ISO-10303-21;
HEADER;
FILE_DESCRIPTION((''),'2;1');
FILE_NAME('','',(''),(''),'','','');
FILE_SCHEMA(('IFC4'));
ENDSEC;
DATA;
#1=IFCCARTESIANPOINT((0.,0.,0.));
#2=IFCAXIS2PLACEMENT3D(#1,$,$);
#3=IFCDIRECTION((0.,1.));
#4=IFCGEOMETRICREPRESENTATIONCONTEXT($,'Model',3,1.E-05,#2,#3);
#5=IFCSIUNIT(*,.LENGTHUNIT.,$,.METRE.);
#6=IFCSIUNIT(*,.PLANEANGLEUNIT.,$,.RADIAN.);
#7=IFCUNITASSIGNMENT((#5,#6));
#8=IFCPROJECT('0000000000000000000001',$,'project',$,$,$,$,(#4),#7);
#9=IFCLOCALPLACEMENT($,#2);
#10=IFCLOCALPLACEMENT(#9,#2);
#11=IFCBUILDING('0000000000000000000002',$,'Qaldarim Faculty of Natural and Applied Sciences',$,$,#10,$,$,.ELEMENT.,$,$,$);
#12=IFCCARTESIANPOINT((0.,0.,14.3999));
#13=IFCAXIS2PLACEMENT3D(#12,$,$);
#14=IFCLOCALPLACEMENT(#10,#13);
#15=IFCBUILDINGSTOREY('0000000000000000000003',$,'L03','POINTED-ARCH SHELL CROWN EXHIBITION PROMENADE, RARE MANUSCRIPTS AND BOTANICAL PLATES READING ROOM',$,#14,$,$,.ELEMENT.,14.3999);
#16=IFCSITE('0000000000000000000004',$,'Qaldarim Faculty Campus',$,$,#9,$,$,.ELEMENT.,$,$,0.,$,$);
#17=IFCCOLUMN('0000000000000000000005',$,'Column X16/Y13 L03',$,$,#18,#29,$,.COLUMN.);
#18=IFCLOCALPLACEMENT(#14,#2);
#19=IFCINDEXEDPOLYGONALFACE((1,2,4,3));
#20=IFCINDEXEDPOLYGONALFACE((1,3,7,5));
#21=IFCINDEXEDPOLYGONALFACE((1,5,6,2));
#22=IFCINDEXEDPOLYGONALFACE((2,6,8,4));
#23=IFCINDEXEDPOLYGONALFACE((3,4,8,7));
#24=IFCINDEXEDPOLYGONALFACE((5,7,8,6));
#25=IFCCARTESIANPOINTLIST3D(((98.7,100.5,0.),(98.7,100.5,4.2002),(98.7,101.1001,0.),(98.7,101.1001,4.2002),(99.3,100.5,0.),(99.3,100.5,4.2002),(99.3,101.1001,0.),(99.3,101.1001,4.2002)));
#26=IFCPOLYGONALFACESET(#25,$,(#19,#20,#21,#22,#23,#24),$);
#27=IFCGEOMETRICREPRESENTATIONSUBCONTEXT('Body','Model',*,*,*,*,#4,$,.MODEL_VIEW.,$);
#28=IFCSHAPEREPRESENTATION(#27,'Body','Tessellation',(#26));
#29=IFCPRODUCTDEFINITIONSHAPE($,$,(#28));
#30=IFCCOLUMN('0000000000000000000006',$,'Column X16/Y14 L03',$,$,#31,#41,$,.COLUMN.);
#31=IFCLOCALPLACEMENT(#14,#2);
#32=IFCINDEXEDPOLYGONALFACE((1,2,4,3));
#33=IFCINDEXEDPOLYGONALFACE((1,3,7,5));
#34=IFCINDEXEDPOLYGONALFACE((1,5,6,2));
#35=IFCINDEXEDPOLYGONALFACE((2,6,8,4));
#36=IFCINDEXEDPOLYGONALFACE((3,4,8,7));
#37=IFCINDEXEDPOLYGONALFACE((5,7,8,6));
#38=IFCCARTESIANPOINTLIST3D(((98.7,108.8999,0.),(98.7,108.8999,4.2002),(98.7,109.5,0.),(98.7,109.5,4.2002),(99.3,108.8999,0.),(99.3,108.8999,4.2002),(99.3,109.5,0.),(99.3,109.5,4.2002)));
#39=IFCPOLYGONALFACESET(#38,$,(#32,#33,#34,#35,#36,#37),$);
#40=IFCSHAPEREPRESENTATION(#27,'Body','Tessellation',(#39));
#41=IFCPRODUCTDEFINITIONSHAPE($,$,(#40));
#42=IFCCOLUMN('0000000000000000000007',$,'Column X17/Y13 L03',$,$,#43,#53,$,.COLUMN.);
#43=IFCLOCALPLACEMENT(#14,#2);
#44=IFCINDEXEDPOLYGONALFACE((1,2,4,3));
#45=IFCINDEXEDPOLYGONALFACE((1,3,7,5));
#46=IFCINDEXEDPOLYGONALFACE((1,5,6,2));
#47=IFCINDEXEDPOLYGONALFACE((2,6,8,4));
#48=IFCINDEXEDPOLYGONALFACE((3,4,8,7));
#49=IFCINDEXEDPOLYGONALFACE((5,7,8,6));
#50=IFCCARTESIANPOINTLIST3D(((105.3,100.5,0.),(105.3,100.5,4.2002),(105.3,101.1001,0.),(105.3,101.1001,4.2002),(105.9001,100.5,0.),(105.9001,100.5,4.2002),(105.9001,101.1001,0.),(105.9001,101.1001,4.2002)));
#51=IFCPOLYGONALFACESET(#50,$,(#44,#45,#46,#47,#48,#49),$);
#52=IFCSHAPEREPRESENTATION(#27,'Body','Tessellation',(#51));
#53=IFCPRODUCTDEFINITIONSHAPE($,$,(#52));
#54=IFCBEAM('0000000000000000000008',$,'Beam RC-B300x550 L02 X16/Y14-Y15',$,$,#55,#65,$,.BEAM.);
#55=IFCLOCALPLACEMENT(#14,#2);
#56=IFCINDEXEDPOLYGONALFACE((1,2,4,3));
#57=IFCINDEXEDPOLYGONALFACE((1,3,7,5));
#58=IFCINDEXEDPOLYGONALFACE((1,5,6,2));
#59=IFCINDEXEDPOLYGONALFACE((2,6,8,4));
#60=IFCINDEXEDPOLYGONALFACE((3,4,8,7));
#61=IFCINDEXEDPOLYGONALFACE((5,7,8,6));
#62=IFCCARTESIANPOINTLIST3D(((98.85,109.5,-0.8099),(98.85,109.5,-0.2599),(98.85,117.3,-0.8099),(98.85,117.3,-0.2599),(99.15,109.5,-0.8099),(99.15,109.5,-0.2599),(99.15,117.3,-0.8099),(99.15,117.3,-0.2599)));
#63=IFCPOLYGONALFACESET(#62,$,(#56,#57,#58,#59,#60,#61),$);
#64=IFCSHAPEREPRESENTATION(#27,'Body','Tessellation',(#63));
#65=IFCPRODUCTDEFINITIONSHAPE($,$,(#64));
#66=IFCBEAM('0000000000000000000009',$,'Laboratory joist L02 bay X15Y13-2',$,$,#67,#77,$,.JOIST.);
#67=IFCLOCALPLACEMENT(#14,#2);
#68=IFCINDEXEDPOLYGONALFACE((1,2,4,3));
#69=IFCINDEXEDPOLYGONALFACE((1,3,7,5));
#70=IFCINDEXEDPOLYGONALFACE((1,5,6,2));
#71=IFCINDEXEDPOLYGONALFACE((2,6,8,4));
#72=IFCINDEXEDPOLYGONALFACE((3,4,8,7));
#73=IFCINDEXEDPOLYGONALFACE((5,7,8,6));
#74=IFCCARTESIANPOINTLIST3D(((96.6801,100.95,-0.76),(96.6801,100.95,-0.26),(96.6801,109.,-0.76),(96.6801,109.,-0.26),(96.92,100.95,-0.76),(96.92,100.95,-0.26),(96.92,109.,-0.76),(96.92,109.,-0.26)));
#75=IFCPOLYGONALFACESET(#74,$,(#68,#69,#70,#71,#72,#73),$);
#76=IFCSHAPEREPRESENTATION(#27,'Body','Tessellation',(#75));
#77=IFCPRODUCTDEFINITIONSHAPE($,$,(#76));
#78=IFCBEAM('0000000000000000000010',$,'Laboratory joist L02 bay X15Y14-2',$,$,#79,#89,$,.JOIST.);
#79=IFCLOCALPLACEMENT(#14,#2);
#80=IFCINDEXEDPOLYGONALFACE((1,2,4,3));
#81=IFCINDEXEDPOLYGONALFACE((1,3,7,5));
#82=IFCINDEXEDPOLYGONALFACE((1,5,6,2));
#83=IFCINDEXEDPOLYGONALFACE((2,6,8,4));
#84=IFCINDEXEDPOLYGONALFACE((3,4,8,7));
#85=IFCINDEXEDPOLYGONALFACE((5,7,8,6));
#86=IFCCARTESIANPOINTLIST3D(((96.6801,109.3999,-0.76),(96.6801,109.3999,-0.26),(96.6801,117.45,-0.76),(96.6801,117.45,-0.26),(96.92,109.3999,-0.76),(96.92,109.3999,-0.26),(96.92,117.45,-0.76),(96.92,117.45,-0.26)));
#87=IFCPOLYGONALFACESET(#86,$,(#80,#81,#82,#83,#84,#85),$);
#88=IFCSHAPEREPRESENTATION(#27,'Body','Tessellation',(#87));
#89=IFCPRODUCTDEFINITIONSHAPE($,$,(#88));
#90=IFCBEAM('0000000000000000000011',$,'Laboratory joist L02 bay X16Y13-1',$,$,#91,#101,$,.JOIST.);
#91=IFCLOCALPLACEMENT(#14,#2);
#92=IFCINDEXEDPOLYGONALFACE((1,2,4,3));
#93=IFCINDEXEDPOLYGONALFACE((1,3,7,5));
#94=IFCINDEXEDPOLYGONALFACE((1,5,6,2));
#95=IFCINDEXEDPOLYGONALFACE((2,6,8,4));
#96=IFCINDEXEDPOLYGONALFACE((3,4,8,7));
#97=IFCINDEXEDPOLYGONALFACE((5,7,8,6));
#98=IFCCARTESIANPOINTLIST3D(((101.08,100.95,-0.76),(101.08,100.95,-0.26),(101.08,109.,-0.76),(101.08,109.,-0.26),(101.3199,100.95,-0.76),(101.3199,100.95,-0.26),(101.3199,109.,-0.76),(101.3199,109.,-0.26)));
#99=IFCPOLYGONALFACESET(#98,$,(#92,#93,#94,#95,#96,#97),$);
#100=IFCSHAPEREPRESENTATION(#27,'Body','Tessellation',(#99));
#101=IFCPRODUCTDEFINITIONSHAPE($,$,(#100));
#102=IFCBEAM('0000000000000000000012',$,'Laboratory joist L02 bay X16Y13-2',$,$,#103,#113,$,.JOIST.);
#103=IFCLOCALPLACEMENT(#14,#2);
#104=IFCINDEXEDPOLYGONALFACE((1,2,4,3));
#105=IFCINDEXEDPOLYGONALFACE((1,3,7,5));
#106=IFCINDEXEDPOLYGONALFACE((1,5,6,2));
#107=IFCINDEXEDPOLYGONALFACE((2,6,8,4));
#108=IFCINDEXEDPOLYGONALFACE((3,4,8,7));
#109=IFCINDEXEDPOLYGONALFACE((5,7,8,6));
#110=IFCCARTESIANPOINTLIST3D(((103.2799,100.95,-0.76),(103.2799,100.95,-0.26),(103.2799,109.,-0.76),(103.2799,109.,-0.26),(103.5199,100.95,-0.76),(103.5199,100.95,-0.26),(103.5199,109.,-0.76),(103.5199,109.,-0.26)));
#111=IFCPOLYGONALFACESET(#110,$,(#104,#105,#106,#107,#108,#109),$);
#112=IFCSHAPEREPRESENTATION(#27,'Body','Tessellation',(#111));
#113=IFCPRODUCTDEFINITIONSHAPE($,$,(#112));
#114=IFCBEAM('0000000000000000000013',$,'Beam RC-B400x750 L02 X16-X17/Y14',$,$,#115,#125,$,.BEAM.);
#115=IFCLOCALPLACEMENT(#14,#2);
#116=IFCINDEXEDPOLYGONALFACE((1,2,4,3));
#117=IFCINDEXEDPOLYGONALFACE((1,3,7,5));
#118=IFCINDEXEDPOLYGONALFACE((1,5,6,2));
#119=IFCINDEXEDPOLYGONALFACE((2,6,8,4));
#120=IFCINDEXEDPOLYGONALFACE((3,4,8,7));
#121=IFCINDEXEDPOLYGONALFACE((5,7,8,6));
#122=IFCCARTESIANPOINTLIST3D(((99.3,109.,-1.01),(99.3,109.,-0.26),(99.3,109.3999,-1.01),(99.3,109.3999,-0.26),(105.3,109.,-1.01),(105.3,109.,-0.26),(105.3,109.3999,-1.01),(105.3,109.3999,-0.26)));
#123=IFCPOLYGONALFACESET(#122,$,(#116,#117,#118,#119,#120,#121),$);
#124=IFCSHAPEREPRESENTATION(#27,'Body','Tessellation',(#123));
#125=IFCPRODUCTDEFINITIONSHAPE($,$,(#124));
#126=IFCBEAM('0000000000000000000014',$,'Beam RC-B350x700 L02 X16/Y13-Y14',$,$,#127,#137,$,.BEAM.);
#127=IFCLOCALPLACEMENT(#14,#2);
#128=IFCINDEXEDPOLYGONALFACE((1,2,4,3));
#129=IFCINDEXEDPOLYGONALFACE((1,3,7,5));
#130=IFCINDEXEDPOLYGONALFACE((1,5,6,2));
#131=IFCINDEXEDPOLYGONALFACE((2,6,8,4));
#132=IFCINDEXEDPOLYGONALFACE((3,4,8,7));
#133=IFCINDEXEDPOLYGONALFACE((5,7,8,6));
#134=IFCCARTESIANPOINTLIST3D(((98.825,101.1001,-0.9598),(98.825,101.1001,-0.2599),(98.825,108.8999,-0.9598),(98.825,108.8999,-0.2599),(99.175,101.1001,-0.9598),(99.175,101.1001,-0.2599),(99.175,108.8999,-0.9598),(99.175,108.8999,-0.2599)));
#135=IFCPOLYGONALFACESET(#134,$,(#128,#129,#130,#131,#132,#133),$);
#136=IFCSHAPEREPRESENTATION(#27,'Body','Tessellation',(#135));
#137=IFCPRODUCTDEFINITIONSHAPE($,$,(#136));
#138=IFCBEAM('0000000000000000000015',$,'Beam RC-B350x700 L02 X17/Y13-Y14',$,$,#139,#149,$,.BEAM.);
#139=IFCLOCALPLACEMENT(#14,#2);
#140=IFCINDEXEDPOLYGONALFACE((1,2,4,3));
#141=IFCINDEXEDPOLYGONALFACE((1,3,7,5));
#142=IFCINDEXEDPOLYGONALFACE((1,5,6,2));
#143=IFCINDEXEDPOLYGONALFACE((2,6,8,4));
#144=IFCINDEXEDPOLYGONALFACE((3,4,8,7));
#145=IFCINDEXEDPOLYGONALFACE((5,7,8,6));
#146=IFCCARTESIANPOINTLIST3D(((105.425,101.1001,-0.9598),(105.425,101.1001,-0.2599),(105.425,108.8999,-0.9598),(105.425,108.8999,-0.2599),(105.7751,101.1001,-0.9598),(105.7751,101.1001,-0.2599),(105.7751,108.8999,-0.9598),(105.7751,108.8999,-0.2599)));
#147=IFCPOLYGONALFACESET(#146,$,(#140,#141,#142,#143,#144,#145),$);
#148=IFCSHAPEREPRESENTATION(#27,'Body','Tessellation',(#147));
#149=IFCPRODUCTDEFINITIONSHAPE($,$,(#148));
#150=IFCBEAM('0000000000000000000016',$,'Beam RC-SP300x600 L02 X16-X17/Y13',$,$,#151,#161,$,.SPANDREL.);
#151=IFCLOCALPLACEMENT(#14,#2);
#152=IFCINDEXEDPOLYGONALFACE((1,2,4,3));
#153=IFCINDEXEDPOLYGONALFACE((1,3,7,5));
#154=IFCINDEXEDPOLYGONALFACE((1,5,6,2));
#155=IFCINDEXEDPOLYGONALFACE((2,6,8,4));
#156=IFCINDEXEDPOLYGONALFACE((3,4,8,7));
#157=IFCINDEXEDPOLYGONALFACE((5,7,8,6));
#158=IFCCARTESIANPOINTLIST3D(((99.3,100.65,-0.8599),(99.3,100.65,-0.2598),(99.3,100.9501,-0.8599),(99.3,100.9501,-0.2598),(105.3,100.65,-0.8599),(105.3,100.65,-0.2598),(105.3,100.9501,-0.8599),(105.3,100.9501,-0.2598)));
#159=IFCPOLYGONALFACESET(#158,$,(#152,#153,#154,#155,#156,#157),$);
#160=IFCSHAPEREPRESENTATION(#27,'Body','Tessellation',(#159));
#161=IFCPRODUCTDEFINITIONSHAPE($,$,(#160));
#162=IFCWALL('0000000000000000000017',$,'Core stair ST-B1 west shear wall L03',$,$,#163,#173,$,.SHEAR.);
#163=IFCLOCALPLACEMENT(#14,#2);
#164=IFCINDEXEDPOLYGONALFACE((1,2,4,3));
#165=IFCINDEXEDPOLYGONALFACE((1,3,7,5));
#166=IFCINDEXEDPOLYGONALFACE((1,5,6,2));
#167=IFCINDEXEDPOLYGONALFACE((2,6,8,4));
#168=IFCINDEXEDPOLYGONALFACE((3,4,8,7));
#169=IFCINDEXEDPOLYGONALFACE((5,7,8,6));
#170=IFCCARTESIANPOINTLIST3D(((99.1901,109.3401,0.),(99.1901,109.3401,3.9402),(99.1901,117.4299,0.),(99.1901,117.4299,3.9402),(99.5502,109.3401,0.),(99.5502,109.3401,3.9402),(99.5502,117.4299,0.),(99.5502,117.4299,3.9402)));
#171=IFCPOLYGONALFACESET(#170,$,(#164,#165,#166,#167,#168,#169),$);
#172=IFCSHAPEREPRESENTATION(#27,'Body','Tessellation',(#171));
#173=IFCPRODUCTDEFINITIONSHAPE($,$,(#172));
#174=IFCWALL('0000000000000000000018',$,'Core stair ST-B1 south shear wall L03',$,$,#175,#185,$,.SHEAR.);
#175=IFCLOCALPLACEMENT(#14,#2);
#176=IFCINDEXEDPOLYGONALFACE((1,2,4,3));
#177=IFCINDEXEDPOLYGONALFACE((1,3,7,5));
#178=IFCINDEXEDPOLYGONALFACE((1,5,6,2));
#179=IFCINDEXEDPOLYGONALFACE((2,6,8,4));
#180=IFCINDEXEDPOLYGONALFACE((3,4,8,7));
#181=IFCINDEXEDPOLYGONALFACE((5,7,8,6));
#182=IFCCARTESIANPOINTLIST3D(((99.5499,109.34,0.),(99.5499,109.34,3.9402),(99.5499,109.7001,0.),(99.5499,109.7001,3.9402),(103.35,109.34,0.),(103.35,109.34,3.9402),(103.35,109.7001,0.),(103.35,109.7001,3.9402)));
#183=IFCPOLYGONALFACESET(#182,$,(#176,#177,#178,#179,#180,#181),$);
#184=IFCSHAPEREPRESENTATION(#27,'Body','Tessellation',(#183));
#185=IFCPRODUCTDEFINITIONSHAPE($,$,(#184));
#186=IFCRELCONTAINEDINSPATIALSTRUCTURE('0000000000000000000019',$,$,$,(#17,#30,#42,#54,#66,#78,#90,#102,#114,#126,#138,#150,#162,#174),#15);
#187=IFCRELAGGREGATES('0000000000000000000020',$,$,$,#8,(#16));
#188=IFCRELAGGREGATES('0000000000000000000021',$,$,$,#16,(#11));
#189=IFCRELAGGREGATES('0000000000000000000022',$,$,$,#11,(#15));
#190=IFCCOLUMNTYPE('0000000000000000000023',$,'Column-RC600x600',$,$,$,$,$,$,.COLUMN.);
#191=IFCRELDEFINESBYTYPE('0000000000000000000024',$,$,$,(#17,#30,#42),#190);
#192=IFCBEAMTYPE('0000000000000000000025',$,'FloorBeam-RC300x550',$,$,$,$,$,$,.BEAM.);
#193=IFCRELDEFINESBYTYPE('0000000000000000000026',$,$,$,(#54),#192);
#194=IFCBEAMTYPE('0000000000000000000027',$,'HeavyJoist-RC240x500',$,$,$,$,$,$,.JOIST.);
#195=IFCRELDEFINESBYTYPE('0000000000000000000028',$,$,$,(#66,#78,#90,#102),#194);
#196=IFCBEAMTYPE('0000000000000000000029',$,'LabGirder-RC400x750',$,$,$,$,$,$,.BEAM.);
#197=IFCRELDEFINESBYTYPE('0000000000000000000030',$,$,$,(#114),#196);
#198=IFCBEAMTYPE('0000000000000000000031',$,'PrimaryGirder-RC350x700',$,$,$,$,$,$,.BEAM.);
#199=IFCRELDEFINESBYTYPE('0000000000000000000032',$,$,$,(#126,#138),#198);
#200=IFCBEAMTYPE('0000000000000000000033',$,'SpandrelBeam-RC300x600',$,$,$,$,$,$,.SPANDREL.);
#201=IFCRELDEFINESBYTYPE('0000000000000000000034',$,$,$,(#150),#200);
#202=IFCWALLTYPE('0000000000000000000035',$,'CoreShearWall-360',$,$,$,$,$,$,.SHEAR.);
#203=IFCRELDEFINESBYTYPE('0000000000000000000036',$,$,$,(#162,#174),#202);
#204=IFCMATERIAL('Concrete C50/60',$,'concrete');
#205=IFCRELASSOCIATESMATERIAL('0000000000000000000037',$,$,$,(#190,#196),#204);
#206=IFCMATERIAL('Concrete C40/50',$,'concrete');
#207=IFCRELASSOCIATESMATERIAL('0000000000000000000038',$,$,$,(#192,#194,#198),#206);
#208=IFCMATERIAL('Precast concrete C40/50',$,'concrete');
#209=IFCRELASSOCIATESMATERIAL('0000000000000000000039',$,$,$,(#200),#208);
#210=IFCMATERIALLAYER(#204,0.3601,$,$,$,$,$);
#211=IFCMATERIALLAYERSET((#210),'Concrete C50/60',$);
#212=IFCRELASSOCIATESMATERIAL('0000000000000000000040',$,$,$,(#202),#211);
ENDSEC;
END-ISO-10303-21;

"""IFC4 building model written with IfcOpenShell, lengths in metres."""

from ifc_helpers import new_model, si_unit, direction, frame, frame_2d, origin, origin_2d, place, context, subcontext, project, spatial, rectangle, extrude, material, layer, layer_set, material_profile, profile_set, type_object, element, save


model = new_model("IFC4")

# Units and contexts
model_context = context("Model", 3, precision=1e-05, world=origin(), true_north=direction((0.0, 1.0)))
body_context = subcontext(model_context, "Body", "Model", "MODEL_VIEW")
ifc_project = project(units=[si_unit("LENGTHUNIT", "METRE"), si_unit("PLANEANGLEUNIT", "RADIAN")], contexts=[model_context])

# Site, building, storey
site_placement = place(None, origin())
site = spatial("IfcSite", under=ifc_project, at=site_placement, Name="Qaldarim Faculty Campus", CompositionType="ELEMENT", RefElevation=0.0)
building_placement = place(site_placement, origin())
building = spatial("IfcBuilding", under=site, at=building_placement, Name="Qaldarim Faculty of Natural and Applied Sciences", CompositionType="ELEMENT")
storey_placement = place(building_placement, frame((0.0, 0.0, 14.3999)))
storey = spatial("IfcBuildingStorey", under=building, at=storey_placement, Name="L03", Description="POINTED-ARCH SHELL CROWN EXHIBITION PROMENADE, RARE MANUSCRIPTS AND BOTANICAL PLATES READING ROOM", CompositionType="ELEMENT", Elevation=14.3999)

# Columns
ifc_material_1 = material(Name="Concrete C50/60", Category="concrete")
ifc_material_profile_1 = material_profile(ifc_material_1, rectangle(XDim=0.6001, YDim=0.6001, at=origin_2d()), Name="RC-C600x600")
ifc_profile_set_1 = profile_set([ifc_material_profile_1], Name="Concrete C50/60")
column_type = type_object("IfcColumnType", Name="Column-RC600x600", PredefinedType="COLUMN", material=ifc_profile_set_1)
for number, where, z_axis, x_axis, name in (
    (1, (99.0, 100.8, 0.0), (0.0, 0.0, 1.0), (1.0, 0.0, 0.0), "Column X16/Y13 L03"),
    (2, (99.0, 109.2, 0.0), (0.0, 0.0, 1.0), (1.0, 0.0, 0.0), "Column X16/Y14 L03"),
    (3, (105.6001, 100.8, 0.0), (0.0, 0.0, 1.0), (1.0, 0.0, 0.0), "Column X17/Y13 L03"),
):
    element("IfcColumn", number, at=place(storey_placement, frame(where, z_axis=z_axis, x_axis=x_axis)), inside=storey, type_object=column_type, Name=name, PredefinedType="COLUMN", context=body_context, shape_type="SweptSolid", body=[
        extrude(rectangle(XDim=0.6001, YDim=0.6001, at=origin_2d()), origin(), (0.0, 0.0, 1.0), 4.2002),
    ])

# Beams
ifc_material_2 = material(Name="Concrete C40/50", Category="concrete")
ifc_material_profile_2 = material_profile(ifc_material_2, rectangle(XDim=0.3, YDim=0.55, at=origin_2d()), Name="RC-B300x550")
ifc_profile_set_2 = profile_set([ifc_material_profile_2], Name="Concrete C40/50")
beam_type_1 = type_object("IfcBeamType", Name="FloorBeam-RC300x550", PredefinedType="BEAM", material=ifc_profile_set_2)
beam_1_placement = place(storey_placement, frame((99.0, 109.5, -0.5349), z_axis=(0.0, 1.0, 0.0), x_axis=(-1.0, 0.0, 0.0)))
element("IfcBeam", 4, at=beam_1_placement, inside=storey, type_object=beam_type_1, Name="Beam RC-B300x550 L02 X16/Y14-Y15", PredefinedType="BEAM", context=body_context, shape_type="SweptSolid", body=[
    extrude(rectangle(XDim=0.3, YDim=0.55, at=origin_2d()), origin(), (0.0, 0.0, 1.0), 7.8),
])
ifc_material_profile_3 = material_profile(ifc_material_2, rectangle(XDim=0.24, YDim=0.5, at=origin_2d()), Name="RC-J240x500")
ifc_profile_set_3 = profile_set([ifc_material_profile_3], Name="Concrete C40/50")
beam_type_2 = type_object("IfcBeamType", Name="HeavyJoist-RC240x500", PredefinedType="JOIST", material=ifc_profile_set_3)
for number, where, z_axis, x_axis, name in (
    (5, (96.8, 100.95, -0.51), (0.0, 1.0, 0.0), (-1.0, 0.0, 0.0), "Laboratory joist L02 bay X15Y13-2"),
    (6, (96.8, 109.3999, -0.51), (0.0, 1.0, 0.0), (-1.0, 0.0, 0.0), "Laboratory joist L02 bay X15Y14-2"),
    (7, (101.2, 100.95, -0.51), (0.0, 1.0, 0.0), (-1.0, 0.0, 0.0), "Laboratory joist L02 bay X16Y13-1"),
    (8, (103.3999, 100.95, -0.51), (0.0, 1.0, 0.0), (-1.0, 0.0, 0.0), "Laboratory joist L02 bay X16Y13-2"),
):
    element("IfcBeam", number, at=place(storey_placement, frame(where, z_axis=z_axis, x_axis=x_axis)), inside=storey, type_object=beam_type_2, Name=name, PredefinedType="JOIST", context=body_context, shape_type="SweptSolid", body=[
        extrude(rectangle(XDim=0.24, YDim=0.5, at=origin_2d()), origin(), (0.0, 0.0, 1.0), 8.05),
    ])
ifc_material_profile_4 = material_profile(ifc_material_1, rectangle(XDim=0.3999, YDim=0.75, at=origin_2d()), Name="RC-B400x750")
ifc_profile_set_4 = profile_set([ifc_material_profile_4], Name="Concrete C50/60")
beam_type_3 = type_object("IfcBeamType", Name="LabGirder-RC400x750", PredefinedType="BEAM", material=ifc_profile_set_4)
beam_2_placement = place(storey_placement, frame((99.3, 109.2, -0.635), z_axis=(1.0, 0.0, 0.0), x_axis=(0.0, 1.0, 0.0)))
element("IfcBeam", 9, at=beam_2_placement, inside=storey, type_object=beam_type_3, Name="Beam RC-B400x750 L02 X16-X17/Y14", PredefinedType="BEAM", context=body_context, shape_type="SweptSolid", body=[
    extrude(rectangle(XDim=0.3999, YDim=0.75, at=origin_2d()), origin(), (0.0, 0.0, 1.0), 6.0),
])
ifc_material_profile_5 = material_profile(ifc_material_2, rectangle(XDim=0.3501, YDim=0.7, at=origin_2d()), Name="RC-B350x700")
ifc_profile_set_5 = profile_set([ifc_material_profile_5], Name="Concrete C40/50")
beam_type_4 = type_object("IfcBeamType", Name="PrimaryGirder-RC350x700", PredefinedType="BEAM", material=ifc_profile_set_5)
for number, where, z_axis, x_axis, name in (
    (10, (99.0, 101.1001, -0.6099), (0.0, 1.0, 0.0), (-1.0, 0.0, 0.0), "Beam RC-B350x700 L02 X16/Y13-Y14"),
    (11, (105.6001, 101.1001, -0.6099), (0.0, 1.0, 0.0), (-1.0, 0.0, 0.0), "Beam RC-B350x700 L02 X17/Y13-Y14"),
):
    element("IfcBeam", number, at=place(storey_placement, frame(where, z_axis=z_axis, x_axis=x_axis)), inside=storey, type_object=beam_type_4, Name=name, PredefinedType="BEAM", context=body_context, shape_type="SweptSolid", body=[
        extrude(rectangle(XDim=0.3501, YDim=0.7, at=origin_2d()), origin(), (0.0, 0.0, 1.0), 7.7998),
    ])
ifc_material_3 = material(Name="Precast concrete C40/50", Category="concrete")
ifc_material_profile_6 = material_profile(ifc_material_3, rectangle(XDim=0.3, YDim=0.6001, at=origin_2d()), Name="RC-SP300x600")
ifc_profile_set_6 = profile_set([ifc_material_profile_6], Name="Precast concrete C40/50")
beam_type_5 = type_object("IfcBeamType", Name="SpandrelBeam-RC300x600", PredefinedType="SPANDREL", material=ifc_profile_set_6)
beam_3_placement = place(storey_placement, frame((99.3, 100.8, -0.5598), z_axis=(1.0, 0.0, 0.0), x_axis=(0.0, 1.0, 0.0)))
element("IfcBeam", 12, at=beam_3_placement, inside=storey, type_object=beam_type_5, Name="Beam RC-SP300x600 L02 X16-X17/Y13", PredefinedType="SPANDREL", context=body_context, shape_type="SweptSolid", body=[
    extrude(rectangle(XDim=0.3, YDim=0.6001, at=origin_2d()), origin(), (0.0, 0.0, 1.0), 6.0),
])

# Wall
ifc_layer_1 = layer(ifc_material_1, 0.3601)
ifc_layer_set_1 = layer_set([ifc_layer_1], Name="Concrete C50/60")
wall_type_1 = type_object("IfcWallType", Name="CoreShearWall-360", PredefinedType="SHEAR", material=ifc_layer_set_1)
wall_1_placement = place(storey_placement, frame((99.3701, 109.3401, 0.0), z_axis=(0.0, 0.0, 1.0), x_axis=(0.0, 1.0, 0.0)))
element("IfcWall", 13, at=wall_1_placement, inside=storey, type_object=wall_type_1, Name="Core stair ST-B1 west shear wall L03", PredefinedType="SHEAR", context=body_context, shape_type="SweptSolid", body=[
    extrude(rectangle(XDim=8.0898, YDim=0.3601, at=frame_2d((4.0449, 0.0))), origin(), (0.0, 0.0, 1.0), 3.9402),
])

# Wall
wall_2_placement = place(storey_placement, frame((99.55, 109.52, 0.0), z_axis=(0.0, 0.0, 1.0), x_axis=(1.0, 0.0, 0.0)))
element("IfcWall", 14, at=wall_2_placement, inside=storey, type_object=wall_type_1, Name="Core stair ST-B1 south shear wall L03", PredefinedType="SHEAR", context=body_context, shape_type="SweptSolid", body=[
    extrude(rectangle(XDim=3.8, YDim=0.3601, at=frame_2d((1.8999, 0.0))), origin(), (0.0, 0.0, 1.0), 3.9402),
])

save(model, "model.ifc")
